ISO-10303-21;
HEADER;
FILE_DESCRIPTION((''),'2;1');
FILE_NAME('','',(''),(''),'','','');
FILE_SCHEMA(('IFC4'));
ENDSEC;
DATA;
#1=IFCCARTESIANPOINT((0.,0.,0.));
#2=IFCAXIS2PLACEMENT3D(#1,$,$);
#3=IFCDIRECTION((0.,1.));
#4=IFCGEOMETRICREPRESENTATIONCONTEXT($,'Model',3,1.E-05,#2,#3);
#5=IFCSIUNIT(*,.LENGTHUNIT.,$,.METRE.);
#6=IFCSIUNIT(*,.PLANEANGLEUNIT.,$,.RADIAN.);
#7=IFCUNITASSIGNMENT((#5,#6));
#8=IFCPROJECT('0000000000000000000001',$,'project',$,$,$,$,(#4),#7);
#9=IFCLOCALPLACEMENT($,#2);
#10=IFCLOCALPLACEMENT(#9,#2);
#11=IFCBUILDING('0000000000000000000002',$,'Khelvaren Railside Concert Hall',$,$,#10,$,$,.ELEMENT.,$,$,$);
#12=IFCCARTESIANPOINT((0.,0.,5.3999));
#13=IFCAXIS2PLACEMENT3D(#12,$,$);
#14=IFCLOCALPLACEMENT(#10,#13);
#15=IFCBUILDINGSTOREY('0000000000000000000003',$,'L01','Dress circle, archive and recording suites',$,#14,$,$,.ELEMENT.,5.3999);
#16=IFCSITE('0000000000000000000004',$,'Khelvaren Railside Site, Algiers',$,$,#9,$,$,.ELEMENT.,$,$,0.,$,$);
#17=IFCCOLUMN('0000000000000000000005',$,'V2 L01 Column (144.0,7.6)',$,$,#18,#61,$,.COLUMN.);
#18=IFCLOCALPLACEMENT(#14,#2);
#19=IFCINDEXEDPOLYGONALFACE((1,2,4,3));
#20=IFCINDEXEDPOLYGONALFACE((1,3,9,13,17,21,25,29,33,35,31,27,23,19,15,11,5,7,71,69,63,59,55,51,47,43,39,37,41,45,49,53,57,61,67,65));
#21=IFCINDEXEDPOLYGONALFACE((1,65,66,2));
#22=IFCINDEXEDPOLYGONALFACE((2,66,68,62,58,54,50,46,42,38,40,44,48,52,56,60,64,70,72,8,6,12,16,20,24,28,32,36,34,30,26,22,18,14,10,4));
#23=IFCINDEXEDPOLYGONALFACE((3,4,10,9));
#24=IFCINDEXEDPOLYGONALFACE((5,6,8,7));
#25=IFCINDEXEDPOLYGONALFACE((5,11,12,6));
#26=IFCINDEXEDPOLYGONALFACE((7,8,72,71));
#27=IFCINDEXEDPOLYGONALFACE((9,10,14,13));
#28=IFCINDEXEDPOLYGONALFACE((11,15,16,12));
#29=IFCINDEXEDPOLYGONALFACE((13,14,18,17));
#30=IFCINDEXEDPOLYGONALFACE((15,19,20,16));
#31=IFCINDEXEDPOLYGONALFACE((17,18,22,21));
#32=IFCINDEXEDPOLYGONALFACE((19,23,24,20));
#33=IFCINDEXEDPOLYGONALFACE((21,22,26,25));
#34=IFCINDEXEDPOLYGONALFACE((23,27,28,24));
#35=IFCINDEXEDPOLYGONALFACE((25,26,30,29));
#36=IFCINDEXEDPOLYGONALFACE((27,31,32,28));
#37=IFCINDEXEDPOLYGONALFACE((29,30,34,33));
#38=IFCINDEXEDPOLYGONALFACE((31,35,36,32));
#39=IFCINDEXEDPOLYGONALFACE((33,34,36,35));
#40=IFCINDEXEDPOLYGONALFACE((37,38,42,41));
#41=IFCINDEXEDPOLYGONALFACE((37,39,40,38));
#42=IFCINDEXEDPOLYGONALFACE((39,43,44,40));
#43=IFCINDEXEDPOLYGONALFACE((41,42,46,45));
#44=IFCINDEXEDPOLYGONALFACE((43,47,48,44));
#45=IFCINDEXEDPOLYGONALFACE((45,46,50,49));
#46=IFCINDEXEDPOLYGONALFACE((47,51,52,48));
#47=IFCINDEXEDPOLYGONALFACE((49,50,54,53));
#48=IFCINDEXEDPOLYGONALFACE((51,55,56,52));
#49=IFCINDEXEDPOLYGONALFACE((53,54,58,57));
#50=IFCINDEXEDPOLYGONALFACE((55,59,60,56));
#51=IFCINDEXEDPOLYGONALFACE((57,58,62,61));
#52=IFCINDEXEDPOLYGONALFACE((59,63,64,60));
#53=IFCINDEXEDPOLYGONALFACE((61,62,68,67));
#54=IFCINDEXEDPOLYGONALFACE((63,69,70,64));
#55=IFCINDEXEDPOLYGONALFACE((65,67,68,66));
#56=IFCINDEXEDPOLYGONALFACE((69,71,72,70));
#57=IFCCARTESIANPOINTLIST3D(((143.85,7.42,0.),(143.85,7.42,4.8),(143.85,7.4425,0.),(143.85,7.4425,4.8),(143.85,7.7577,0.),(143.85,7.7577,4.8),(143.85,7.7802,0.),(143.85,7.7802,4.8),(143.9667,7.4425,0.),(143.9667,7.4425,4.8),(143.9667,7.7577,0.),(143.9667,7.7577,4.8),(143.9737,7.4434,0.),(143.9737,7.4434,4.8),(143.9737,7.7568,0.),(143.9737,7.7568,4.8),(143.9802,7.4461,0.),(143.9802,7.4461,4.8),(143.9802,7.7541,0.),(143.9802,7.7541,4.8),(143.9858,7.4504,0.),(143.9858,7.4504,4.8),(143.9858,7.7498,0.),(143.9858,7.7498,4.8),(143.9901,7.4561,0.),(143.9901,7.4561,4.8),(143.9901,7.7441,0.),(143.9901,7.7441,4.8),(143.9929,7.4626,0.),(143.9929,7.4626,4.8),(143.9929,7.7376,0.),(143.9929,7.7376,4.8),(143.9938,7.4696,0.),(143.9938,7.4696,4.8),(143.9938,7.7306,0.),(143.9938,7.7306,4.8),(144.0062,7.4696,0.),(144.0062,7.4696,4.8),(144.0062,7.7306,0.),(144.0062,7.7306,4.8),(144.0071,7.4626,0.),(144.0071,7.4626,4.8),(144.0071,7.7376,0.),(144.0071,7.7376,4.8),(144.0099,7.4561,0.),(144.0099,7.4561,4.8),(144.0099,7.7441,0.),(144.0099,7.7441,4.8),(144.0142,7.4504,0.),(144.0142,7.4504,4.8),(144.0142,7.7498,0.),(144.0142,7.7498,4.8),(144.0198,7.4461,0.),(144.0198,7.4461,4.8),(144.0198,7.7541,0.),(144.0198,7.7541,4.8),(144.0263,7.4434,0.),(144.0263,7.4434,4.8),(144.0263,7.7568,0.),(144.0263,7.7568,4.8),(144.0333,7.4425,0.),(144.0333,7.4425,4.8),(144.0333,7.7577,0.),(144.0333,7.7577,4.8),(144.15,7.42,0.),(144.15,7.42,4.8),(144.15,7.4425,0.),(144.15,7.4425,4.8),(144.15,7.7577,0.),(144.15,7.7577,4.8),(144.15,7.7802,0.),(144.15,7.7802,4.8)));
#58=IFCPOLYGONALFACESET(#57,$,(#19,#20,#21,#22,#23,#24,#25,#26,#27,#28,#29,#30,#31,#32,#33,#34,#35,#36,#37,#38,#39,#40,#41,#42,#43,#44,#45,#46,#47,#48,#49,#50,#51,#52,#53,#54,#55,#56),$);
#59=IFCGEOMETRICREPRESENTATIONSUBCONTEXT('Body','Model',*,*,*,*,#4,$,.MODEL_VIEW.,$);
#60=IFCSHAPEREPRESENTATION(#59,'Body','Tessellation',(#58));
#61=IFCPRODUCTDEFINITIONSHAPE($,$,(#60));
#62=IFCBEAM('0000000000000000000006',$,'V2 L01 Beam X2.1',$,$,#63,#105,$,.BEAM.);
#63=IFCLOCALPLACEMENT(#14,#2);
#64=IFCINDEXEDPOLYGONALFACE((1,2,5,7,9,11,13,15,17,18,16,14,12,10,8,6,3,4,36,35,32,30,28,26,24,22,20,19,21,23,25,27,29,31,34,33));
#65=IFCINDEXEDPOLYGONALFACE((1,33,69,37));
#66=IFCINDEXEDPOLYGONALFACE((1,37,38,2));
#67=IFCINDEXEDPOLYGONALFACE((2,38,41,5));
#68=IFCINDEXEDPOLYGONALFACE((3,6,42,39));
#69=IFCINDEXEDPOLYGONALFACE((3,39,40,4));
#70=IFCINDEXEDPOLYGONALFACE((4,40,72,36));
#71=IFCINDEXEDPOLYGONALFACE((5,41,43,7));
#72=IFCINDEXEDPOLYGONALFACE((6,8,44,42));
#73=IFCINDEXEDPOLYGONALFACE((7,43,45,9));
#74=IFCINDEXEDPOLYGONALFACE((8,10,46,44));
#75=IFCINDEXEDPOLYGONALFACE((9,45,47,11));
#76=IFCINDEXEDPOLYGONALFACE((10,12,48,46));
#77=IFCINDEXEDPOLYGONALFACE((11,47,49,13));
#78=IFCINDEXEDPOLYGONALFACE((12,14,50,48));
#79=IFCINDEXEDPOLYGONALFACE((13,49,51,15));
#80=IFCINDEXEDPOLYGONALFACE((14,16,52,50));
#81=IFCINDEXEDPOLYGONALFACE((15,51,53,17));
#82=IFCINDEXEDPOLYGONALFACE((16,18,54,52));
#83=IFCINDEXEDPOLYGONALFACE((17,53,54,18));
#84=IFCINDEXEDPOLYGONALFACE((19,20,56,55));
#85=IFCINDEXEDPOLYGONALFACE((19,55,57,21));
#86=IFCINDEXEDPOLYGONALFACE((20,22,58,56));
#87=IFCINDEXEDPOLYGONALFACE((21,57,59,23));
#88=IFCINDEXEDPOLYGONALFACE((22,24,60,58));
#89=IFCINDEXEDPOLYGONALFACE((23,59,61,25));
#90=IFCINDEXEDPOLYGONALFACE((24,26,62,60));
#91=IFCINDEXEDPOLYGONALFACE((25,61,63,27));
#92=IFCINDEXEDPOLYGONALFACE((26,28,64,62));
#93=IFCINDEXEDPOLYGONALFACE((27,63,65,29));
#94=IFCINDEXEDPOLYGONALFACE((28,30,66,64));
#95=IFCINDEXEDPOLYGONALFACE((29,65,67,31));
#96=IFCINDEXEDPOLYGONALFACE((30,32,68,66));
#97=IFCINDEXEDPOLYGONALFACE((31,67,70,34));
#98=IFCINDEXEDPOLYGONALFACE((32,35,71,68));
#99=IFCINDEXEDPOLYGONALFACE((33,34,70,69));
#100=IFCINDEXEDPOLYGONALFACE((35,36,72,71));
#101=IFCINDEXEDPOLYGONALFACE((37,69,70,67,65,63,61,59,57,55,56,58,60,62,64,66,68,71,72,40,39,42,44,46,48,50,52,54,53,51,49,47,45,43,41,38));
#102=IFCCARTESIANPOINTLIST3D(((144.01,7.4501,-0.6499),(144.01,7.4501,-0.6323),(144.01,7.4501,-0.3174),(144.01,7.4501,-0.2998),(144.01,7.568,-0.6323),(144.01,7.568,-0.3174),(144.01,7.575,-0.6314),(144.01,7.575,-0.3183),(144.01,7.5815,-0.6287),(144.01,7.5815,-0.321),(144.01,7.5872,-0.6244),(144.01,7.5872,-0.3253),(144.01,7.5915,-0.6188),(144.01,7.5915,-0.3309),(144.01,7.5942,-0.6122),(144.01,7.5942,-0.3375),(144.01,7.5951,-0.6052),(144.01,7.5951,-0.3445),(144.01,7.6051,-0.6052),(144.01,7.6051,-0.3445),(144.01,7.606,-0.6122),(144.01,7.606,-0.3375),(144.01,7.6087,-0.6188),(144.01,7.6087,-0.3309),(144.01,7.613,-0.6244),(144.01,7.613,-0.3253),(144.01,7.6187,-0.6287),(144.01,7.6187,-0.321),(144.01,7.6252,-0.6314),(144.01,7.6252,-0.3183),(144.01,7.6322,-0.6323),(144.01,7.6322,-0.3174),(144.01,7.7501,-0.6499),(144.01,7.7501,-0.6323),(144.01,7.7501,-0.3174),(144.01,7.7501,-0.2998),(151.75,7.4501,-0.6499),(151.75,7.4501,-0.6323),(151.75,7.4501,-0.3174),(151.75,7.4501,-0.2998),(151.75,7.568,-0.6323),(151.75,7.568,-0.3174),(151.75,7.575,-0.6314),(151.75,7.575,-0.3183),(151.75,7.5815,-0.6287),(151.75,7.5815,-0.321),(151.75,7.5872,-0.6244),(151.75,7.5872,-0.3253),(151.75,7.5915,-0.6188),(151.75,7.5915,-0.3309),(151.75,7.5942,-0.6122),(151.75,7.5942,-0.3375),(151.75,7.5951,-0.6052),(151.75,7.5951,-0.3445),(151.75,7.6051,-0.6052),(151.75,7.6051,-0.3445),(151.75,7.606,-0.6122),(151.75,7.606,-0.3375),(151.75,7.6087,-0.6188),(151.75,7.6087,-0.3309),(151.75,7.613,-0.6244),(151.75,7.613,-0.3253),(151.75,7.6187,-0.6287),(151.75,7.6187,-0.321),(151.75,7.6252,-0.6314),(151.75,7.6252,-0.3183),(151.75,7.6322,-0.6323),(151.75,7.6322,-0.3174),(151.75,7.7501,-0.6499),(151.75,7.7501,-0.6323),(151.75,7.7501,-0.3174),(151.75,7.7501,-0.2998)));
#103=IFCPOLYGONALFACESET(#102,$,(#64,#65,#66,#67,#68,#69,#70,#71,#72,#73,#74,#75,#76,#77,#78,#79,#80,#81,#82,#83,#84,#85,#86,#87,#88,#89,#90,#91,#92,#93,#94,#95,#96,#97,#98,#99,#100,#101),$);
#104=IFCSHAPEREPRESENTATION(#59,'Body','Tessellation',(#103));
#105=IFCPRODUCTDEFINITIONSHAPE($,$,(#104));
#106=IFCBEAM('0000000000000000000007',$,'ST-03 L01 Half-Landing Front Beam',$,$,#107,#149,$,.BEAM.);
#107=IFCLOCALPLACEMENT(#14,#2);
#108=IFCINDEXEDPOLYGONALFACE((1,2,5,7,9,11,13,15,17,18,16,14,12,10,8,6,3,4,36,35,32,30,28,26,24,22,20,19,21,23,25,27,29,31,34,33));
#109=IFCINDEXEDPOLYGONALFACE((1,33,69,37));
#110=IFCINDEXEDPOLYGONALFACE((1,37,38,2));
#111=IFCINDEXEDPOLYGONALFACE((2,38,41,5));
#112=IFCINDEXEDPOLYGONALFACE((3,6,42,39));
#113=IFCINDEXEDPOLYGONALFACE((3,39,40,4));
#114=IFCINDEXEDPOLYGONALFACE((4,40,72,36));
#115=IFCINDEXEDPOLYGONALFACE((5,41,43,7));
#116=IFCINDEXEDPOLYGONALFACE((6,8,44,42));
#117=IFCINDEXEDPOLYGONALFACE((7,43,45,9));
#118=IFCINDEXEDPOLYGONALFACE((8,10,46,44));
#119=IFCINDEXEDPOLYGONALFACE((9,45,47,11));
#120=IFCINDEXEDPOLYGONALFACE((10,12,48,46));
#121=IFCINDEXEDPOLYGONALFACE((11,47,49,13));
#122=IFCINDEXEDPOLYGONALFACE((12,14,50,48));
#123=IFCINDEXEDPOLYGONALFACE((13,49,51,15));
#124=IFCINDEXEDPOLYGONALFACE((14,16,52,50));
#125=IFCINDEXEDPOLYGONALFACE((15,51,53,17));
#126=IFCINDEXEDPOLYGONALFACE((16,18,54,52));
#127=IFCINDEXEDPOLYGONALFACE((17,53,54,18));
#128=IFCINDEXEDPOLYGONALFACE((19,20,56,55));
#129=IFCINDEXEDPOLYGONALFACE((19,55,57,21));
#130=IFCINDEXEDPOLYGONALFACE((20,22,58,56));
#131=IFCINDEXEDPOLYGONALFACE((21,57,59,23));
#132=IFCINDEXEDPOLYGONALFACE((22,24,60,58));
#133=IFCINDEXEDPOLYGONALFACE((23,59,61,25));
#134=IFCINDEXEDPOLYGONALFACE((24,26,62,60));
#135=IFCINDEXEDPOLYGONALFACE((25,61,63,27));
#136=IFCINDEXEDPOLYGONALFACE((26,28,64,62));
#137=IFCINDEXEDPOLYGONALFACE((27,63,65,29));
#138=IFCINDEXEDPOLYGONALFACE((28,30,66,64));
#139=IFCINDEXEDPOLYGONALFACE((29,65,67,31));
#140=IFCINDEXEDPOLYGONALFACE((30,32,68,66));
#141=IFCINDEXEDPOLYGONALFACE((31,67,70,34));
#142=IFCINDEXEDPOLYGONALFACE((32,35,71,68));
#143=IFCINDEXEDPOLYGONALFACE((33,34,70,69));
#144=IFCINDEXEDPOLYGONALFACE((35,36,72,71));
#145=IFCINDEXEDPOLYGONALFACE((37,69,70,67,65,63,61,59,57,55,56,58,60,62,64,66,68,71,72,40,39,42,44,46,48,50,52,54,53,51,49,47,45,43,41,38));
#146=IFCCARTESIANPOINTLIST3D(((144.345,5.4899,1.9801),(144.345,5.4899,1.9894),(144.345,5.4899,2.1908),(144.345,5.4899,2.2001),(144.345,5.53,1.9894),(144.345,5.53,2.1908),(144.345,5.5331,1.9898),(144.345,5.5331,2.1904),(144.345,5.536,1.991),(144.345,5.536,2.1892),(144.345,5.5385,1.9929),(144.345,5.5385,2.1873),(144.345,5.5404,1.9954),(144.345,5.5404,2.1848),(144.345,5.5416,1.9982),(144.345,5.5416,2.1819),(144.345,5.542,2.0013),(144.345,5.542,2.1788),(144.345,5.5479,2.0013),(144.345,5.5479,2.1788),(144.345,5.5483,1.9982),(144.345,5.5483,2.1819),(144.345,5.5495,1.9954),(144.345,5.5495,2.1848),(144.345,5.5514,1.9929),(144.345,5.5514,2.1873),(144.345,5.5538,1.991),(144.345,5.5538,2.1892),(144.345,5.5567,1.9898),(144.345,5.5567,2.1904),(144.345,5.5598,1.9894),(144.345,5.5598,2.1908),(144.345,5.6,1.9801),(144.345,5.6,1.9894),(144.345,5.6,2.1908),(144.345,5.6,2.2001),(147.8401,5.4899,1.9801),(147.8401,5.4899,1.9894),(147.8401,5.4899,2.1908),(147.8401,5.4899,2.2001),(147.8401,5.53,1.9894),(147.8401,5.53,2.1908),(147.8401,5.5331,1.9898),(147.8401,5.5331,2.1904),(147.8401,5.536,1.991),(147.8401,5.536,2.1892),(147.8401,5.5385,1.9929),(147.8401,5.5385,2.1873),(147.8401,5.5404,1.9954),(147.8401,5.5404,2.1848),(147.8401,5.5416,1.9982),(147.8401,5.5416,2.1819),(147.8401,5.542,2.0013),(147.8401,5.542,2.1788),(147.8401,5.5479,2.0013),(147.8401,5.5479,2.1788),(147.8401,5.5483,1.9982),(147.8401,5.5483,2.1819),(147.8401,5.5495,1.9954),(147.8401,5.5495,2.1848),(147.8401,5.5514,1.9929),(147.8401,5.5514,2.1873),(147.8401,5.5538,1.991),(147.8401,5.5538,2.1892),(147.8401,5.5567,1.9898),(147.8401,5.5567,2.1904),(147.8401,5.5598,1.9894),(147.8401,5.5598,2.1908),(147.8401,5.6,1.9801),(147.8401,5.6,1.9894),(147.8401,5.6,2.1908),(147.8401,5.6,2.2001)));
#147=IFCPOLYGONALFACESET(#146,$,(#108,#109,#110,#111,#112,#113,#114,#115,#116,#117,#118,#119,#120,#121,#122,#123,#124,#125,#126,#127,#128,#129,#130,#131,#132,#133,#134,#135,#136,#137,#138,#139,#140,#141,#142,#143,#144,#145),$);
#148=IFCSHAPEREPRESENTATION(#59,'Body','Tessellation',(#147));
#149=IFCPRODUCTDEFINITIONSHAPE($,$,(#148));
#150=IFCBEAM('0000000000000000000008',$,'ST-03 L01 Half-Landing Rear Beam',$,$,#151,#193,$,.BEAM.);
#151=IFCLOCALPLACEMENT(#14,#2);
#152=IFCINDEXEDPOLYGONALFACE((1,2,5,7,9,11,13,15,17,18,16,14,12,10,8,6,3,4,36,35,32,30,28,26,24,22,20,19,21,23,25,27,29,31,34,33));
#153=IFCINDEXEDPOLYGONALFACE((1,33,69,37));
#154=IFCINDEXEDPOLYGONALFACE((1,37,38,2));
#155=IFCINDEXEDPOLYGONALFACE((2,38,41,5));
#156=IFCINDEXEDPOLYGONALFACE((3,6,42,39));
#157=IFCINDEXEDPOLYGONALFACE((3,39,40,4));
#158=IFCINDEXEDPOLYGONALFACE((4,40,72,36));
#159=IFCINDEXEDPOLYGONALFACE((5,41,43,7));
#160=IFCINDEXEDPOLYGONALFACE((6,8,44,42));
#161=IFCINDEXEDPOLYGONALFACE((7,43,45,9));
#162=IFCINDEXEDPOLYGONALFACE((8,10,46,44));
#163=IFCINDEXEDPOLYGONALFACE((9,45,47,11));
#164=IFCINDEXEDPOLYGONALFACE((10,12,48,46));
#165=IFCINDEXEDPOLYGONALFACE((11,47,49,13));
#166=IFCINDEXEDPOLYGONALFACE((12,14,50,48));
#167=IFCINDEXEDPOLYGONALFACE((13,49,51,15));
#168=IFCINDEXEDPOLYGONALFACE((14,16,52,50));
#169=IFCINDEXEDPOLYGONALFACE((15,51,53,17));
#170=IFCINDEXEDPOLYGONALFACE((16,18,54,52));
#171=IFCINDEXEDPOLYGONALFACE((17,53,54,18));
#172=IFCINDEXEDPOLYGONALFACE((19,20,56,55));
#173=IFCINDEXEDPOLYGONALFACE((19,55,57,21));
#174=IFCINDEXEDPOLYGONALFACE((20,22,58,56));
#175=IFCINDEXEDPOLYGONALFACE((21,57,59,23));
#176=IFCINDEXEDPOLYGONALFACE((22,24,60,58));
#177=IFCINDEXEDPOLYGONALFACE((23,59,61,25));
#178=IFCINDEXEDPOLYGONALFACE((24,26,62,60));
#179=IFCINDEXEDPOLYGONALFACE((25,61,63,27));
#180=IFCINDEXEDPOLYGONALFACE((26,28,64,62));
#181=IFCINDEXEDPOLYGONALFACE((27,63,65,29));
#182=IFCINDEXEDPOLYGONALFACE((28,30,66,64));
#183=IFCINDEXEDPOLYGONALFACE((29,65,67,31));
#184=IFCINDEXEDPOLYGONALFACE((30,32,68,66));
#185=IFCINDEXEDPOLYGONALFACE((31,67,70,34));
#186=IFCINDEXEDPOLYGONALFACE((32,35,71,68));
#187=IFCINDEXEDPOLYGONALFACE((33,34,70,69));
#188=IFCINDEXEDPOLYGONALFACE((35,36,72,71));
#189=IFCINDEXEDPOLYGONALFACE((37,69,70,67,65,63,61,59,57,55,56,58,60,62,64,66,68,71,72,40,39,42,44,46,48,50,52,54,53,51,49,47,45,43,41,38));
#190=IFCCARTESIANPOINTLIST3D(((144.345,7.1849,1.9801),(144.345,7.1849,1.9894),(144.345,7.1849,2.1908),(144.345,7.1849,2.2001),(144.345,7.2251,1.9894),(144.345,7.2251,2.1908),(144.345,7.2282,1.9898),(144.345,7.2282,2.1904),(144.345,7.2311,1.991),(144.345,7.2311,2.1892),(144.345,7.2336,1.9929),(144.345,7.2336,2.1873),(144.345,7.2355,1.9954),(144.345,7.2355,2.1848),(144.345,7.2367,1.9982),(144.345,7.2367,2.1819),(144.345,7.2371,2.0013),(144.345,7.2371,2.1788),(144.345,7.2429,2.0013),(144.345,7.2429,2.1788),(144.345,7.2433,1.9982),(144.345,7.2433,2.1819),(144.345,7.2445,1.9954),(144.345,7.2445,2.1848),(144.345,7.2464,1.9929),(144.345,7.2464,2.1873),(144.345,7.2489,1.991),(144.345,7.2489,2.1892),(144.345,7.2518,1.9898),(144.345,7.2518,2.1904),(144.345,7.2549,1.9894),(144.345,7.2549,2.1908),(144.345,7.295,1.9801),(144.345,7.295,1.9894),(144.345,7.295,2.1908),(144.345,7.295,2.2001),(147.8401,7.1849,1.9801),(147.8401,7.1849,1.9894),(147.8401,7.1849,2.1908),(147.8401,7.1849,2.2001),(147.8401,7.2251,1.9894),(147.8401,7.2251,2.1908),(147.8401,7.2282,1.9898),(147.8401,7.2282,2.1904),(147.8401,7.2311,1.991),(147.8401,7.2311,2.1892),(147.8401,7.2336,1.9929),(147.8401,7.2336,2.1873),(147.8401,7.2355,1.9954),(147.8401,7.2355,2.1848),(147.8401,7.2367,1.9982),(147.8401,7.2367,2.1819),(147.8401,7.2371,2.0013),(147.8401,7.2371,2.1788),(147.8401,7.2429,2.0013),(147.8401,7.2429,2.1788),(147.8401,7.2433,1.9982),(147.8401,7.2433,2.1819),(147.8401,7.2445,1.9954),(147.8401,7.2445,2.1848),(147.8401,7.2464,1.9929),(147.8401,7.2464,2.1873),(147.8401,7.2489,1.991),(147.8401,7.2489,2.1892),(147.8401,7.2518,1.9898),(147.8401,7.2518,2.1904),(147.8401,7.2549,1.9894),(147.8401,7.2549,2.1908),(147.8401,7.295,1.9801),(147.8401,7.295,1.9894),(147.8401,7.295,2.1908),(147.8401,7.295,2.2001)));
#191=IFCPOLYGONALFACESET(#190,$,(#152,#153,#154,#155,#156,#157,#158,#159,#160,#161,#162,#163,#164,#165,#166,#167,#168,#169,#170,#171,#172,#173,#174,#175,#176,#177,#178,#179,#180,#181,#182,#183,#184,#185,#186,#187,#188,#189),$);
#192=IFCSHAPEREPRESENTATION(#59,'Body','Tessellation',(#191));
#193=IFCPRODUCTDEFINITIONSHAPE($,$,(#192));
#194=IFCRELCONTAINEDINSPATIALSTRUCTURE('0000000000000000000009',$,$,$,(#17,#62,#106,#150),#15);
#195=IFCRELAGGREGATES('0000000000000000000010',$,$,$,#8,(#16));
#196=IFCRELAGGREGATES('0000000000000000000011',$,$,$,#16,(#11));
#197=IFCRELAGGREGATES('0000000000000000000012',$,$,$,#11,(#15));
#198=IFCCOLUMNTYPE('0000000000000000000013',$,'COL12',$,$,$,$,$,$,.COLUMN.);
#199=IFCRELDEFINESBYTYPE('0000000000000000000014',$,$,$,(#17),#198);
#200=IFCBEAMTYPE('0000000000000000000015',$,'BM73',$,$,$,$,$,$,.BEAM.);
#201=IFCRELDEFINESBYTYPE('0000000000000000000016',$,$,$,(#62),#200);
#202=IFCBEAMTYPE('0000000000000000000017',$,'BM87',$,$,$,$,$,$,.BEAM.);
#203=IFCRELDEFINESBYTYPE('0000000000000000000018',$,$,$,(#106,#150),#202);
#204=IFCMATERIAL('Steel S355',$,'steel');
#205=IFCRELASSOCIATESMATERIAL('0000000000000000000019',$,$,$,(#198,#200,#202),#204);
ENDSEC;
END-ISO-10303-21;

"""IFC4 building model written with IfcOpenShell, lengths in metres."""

from ifc_helpers import new_model, si_unit, direction, frame, origin, origin_2d, place, context, subcontext, project, spatial, i_section, extrude, material, material_profile, profile_set, type_object, element, save


model = new_model("IFC4")

# Units and contexts
model_context = context("Model", 3, precision=1e-05, world=origin(), true_north=direction((0.0, 1.0)))
body_context = subcontext(model_context, "Body", "Model", "MODEL_VIEW")
ifc_project = project(units=[si_unit("LENGTHUNIT", "METRE"), si_unit("PLANEANGLEUNIT", "RADIAN")], contexts=[model_context])

# Site, building, storey
site_placement = place(None, origin())
site = spatial("IfcSite", under=ifc_project, at=site_placement, Name="Khelvaren Railside Site, Algiers", CompositionType="ELEMENT", RefElevation=0.0)
building_placement = place(site_placement, origin())
building = spatial("IfcBuilding", under=site, at=building_placement, Name="Khelvaren Railside Concert Hall", CompositionType="ELEMENT")
storey_placement = place(building_placement, frame((0.0, 0.0, 5.3999)))
storey = spatial("IfcBuildingStorey", under=building, at=storey_placement, Name="L01", Description="Dress circle, archive and recording suites", CompositionType="ELEMENT", Elevation=5.3999)

# Column
ifc_material_1 = material(Name="Steel S355", Category="steel")
ifc_material_profile_1 = material_profile(ifc_material_1, i_section(OverallWidth=0.3, OverallDepth=0.3601, WebThickness=0.0125, FlangeThickness=0.0225, FilletRadius=0.0271, at=origin_2d()), Name="HEB 360")
ifc_profile_set_1 = profile_set([ifc_material_profile_1], Name="Steel S355")
column_type = type_object("IfcColumnType", Name="COL12", PredefinedType="COLUMN", material=ifc_profile_set_1)
column_placement = place(storey_placement, frame((144.0, 7.6001, 0.0), z_axis=(0.0, 0.0, 1.0), x_axis=(1.0, 0.0, 0.0)))
element("IfcColumn", 1, at=column_placement, inside=storey, type_object=column_type, Name="V2 L01 Column (144.0,7.6)", PredefinedType="COLUMN", context=body_context, shape_type="SweptSolid", body=[
    extrude(i_section(OverallWidth=0.3, OverallDepth=0.3601, WebThickness=0.0125, FlangeThickness=0.0225, FilletRadius=0.0271, at=origin_2d()), origin(), (0.0, 0.0, 1.0), 4.8),
])

# Beams
ifc_material_profile_2 = material_profile(ifc_material_1, i_section(OverallWidth=0.3, OverallDepth=0.3501, WebThickness=0.01, FlangeThickness=0.0176, FilletRadius=0.0271, at=origin_2d()), Name="HEA 360")
ifc_profile_set_2 = profile_set([ifc_material_profile_2], Name="Steel S355")
beam_type_1 = type_object("IfcBeamType", Name="BM73", PredefinedType="BEAM", material=ifc_profile_set_2)
beam_1_placement = place(storey_placement, frame((144.01, 7.6001, -0.4749), z_axis=(1.0, 0.0, 0.0), x_axis=(0.0, 1.0, 0.0)))
element("IfcBeam", 2, at=beam_1_placement, inside=storey, type_object=beam_type_1, Name="V2 L01 Beam X2.1", PredefinedType="BEAM", context=body_context, shape_type="SweptSolid", body=[
    extrude(i_section(OverallWidth=0.3, OverallDepth=0.3501, WebThickness=0.01, FlangeThickness=0.0176, FilletRadius=0.0271, at=origin_2d()), origin(), (0.0, 0.0, 1.0), 7.74),
])
ifc_material_profile_3 = material_profile(ifc_material_1, i_section(OverallWidth=0.1101, OverallDepth=0.22, WebThickness=0.0059, FlangeThickness=0.0093, FilletRadius=0.012, at=origin_2d()), Name="IPE 220")
ifc_profile_set_3 = profile_set([ifc_material_profile_3], Name="Steel S355")
beam_type_2 = type_object("IfcBeamType", Name="BM87", PredefinedType="BEAM", material=ifc_profile_set_3)
for number, where, z_axis, x_axis, name in (
    (3, (144.345, 5.5449, 2.0901), (1.0, 0.0, 0.0), (0.0, 1.0, 0.0), "ST-03 L01 Half-Landing Front Beam"),
    (4, (144.345, 7.24, 2.0901), (1.0, 0.0, 0.0), (0.0, 1.0, 0.0), "ST-03 L01 Half-Landing Rear Beam"),
):
    element("IfcBeam", number, at=place(storey_placement, frame(where, z_axis=z_axis, x_axis=x_axis)), inside=storey, type_object=beam_type_2, Name=name, PredefinedType="BEAM", context=body_context, shape_type="SweptSolid", body=[
        extrude(i_section(OverallWidth=0.1101, OverallDepth=0.22, WebThickness=0.0059, FlangeThickness=0.0093, FilletRadius=0.012, at=origin_2d()), origin(), (0.0, 0.0, 1.0), 3.4951),
    ])

save(model, "model.ifc")
